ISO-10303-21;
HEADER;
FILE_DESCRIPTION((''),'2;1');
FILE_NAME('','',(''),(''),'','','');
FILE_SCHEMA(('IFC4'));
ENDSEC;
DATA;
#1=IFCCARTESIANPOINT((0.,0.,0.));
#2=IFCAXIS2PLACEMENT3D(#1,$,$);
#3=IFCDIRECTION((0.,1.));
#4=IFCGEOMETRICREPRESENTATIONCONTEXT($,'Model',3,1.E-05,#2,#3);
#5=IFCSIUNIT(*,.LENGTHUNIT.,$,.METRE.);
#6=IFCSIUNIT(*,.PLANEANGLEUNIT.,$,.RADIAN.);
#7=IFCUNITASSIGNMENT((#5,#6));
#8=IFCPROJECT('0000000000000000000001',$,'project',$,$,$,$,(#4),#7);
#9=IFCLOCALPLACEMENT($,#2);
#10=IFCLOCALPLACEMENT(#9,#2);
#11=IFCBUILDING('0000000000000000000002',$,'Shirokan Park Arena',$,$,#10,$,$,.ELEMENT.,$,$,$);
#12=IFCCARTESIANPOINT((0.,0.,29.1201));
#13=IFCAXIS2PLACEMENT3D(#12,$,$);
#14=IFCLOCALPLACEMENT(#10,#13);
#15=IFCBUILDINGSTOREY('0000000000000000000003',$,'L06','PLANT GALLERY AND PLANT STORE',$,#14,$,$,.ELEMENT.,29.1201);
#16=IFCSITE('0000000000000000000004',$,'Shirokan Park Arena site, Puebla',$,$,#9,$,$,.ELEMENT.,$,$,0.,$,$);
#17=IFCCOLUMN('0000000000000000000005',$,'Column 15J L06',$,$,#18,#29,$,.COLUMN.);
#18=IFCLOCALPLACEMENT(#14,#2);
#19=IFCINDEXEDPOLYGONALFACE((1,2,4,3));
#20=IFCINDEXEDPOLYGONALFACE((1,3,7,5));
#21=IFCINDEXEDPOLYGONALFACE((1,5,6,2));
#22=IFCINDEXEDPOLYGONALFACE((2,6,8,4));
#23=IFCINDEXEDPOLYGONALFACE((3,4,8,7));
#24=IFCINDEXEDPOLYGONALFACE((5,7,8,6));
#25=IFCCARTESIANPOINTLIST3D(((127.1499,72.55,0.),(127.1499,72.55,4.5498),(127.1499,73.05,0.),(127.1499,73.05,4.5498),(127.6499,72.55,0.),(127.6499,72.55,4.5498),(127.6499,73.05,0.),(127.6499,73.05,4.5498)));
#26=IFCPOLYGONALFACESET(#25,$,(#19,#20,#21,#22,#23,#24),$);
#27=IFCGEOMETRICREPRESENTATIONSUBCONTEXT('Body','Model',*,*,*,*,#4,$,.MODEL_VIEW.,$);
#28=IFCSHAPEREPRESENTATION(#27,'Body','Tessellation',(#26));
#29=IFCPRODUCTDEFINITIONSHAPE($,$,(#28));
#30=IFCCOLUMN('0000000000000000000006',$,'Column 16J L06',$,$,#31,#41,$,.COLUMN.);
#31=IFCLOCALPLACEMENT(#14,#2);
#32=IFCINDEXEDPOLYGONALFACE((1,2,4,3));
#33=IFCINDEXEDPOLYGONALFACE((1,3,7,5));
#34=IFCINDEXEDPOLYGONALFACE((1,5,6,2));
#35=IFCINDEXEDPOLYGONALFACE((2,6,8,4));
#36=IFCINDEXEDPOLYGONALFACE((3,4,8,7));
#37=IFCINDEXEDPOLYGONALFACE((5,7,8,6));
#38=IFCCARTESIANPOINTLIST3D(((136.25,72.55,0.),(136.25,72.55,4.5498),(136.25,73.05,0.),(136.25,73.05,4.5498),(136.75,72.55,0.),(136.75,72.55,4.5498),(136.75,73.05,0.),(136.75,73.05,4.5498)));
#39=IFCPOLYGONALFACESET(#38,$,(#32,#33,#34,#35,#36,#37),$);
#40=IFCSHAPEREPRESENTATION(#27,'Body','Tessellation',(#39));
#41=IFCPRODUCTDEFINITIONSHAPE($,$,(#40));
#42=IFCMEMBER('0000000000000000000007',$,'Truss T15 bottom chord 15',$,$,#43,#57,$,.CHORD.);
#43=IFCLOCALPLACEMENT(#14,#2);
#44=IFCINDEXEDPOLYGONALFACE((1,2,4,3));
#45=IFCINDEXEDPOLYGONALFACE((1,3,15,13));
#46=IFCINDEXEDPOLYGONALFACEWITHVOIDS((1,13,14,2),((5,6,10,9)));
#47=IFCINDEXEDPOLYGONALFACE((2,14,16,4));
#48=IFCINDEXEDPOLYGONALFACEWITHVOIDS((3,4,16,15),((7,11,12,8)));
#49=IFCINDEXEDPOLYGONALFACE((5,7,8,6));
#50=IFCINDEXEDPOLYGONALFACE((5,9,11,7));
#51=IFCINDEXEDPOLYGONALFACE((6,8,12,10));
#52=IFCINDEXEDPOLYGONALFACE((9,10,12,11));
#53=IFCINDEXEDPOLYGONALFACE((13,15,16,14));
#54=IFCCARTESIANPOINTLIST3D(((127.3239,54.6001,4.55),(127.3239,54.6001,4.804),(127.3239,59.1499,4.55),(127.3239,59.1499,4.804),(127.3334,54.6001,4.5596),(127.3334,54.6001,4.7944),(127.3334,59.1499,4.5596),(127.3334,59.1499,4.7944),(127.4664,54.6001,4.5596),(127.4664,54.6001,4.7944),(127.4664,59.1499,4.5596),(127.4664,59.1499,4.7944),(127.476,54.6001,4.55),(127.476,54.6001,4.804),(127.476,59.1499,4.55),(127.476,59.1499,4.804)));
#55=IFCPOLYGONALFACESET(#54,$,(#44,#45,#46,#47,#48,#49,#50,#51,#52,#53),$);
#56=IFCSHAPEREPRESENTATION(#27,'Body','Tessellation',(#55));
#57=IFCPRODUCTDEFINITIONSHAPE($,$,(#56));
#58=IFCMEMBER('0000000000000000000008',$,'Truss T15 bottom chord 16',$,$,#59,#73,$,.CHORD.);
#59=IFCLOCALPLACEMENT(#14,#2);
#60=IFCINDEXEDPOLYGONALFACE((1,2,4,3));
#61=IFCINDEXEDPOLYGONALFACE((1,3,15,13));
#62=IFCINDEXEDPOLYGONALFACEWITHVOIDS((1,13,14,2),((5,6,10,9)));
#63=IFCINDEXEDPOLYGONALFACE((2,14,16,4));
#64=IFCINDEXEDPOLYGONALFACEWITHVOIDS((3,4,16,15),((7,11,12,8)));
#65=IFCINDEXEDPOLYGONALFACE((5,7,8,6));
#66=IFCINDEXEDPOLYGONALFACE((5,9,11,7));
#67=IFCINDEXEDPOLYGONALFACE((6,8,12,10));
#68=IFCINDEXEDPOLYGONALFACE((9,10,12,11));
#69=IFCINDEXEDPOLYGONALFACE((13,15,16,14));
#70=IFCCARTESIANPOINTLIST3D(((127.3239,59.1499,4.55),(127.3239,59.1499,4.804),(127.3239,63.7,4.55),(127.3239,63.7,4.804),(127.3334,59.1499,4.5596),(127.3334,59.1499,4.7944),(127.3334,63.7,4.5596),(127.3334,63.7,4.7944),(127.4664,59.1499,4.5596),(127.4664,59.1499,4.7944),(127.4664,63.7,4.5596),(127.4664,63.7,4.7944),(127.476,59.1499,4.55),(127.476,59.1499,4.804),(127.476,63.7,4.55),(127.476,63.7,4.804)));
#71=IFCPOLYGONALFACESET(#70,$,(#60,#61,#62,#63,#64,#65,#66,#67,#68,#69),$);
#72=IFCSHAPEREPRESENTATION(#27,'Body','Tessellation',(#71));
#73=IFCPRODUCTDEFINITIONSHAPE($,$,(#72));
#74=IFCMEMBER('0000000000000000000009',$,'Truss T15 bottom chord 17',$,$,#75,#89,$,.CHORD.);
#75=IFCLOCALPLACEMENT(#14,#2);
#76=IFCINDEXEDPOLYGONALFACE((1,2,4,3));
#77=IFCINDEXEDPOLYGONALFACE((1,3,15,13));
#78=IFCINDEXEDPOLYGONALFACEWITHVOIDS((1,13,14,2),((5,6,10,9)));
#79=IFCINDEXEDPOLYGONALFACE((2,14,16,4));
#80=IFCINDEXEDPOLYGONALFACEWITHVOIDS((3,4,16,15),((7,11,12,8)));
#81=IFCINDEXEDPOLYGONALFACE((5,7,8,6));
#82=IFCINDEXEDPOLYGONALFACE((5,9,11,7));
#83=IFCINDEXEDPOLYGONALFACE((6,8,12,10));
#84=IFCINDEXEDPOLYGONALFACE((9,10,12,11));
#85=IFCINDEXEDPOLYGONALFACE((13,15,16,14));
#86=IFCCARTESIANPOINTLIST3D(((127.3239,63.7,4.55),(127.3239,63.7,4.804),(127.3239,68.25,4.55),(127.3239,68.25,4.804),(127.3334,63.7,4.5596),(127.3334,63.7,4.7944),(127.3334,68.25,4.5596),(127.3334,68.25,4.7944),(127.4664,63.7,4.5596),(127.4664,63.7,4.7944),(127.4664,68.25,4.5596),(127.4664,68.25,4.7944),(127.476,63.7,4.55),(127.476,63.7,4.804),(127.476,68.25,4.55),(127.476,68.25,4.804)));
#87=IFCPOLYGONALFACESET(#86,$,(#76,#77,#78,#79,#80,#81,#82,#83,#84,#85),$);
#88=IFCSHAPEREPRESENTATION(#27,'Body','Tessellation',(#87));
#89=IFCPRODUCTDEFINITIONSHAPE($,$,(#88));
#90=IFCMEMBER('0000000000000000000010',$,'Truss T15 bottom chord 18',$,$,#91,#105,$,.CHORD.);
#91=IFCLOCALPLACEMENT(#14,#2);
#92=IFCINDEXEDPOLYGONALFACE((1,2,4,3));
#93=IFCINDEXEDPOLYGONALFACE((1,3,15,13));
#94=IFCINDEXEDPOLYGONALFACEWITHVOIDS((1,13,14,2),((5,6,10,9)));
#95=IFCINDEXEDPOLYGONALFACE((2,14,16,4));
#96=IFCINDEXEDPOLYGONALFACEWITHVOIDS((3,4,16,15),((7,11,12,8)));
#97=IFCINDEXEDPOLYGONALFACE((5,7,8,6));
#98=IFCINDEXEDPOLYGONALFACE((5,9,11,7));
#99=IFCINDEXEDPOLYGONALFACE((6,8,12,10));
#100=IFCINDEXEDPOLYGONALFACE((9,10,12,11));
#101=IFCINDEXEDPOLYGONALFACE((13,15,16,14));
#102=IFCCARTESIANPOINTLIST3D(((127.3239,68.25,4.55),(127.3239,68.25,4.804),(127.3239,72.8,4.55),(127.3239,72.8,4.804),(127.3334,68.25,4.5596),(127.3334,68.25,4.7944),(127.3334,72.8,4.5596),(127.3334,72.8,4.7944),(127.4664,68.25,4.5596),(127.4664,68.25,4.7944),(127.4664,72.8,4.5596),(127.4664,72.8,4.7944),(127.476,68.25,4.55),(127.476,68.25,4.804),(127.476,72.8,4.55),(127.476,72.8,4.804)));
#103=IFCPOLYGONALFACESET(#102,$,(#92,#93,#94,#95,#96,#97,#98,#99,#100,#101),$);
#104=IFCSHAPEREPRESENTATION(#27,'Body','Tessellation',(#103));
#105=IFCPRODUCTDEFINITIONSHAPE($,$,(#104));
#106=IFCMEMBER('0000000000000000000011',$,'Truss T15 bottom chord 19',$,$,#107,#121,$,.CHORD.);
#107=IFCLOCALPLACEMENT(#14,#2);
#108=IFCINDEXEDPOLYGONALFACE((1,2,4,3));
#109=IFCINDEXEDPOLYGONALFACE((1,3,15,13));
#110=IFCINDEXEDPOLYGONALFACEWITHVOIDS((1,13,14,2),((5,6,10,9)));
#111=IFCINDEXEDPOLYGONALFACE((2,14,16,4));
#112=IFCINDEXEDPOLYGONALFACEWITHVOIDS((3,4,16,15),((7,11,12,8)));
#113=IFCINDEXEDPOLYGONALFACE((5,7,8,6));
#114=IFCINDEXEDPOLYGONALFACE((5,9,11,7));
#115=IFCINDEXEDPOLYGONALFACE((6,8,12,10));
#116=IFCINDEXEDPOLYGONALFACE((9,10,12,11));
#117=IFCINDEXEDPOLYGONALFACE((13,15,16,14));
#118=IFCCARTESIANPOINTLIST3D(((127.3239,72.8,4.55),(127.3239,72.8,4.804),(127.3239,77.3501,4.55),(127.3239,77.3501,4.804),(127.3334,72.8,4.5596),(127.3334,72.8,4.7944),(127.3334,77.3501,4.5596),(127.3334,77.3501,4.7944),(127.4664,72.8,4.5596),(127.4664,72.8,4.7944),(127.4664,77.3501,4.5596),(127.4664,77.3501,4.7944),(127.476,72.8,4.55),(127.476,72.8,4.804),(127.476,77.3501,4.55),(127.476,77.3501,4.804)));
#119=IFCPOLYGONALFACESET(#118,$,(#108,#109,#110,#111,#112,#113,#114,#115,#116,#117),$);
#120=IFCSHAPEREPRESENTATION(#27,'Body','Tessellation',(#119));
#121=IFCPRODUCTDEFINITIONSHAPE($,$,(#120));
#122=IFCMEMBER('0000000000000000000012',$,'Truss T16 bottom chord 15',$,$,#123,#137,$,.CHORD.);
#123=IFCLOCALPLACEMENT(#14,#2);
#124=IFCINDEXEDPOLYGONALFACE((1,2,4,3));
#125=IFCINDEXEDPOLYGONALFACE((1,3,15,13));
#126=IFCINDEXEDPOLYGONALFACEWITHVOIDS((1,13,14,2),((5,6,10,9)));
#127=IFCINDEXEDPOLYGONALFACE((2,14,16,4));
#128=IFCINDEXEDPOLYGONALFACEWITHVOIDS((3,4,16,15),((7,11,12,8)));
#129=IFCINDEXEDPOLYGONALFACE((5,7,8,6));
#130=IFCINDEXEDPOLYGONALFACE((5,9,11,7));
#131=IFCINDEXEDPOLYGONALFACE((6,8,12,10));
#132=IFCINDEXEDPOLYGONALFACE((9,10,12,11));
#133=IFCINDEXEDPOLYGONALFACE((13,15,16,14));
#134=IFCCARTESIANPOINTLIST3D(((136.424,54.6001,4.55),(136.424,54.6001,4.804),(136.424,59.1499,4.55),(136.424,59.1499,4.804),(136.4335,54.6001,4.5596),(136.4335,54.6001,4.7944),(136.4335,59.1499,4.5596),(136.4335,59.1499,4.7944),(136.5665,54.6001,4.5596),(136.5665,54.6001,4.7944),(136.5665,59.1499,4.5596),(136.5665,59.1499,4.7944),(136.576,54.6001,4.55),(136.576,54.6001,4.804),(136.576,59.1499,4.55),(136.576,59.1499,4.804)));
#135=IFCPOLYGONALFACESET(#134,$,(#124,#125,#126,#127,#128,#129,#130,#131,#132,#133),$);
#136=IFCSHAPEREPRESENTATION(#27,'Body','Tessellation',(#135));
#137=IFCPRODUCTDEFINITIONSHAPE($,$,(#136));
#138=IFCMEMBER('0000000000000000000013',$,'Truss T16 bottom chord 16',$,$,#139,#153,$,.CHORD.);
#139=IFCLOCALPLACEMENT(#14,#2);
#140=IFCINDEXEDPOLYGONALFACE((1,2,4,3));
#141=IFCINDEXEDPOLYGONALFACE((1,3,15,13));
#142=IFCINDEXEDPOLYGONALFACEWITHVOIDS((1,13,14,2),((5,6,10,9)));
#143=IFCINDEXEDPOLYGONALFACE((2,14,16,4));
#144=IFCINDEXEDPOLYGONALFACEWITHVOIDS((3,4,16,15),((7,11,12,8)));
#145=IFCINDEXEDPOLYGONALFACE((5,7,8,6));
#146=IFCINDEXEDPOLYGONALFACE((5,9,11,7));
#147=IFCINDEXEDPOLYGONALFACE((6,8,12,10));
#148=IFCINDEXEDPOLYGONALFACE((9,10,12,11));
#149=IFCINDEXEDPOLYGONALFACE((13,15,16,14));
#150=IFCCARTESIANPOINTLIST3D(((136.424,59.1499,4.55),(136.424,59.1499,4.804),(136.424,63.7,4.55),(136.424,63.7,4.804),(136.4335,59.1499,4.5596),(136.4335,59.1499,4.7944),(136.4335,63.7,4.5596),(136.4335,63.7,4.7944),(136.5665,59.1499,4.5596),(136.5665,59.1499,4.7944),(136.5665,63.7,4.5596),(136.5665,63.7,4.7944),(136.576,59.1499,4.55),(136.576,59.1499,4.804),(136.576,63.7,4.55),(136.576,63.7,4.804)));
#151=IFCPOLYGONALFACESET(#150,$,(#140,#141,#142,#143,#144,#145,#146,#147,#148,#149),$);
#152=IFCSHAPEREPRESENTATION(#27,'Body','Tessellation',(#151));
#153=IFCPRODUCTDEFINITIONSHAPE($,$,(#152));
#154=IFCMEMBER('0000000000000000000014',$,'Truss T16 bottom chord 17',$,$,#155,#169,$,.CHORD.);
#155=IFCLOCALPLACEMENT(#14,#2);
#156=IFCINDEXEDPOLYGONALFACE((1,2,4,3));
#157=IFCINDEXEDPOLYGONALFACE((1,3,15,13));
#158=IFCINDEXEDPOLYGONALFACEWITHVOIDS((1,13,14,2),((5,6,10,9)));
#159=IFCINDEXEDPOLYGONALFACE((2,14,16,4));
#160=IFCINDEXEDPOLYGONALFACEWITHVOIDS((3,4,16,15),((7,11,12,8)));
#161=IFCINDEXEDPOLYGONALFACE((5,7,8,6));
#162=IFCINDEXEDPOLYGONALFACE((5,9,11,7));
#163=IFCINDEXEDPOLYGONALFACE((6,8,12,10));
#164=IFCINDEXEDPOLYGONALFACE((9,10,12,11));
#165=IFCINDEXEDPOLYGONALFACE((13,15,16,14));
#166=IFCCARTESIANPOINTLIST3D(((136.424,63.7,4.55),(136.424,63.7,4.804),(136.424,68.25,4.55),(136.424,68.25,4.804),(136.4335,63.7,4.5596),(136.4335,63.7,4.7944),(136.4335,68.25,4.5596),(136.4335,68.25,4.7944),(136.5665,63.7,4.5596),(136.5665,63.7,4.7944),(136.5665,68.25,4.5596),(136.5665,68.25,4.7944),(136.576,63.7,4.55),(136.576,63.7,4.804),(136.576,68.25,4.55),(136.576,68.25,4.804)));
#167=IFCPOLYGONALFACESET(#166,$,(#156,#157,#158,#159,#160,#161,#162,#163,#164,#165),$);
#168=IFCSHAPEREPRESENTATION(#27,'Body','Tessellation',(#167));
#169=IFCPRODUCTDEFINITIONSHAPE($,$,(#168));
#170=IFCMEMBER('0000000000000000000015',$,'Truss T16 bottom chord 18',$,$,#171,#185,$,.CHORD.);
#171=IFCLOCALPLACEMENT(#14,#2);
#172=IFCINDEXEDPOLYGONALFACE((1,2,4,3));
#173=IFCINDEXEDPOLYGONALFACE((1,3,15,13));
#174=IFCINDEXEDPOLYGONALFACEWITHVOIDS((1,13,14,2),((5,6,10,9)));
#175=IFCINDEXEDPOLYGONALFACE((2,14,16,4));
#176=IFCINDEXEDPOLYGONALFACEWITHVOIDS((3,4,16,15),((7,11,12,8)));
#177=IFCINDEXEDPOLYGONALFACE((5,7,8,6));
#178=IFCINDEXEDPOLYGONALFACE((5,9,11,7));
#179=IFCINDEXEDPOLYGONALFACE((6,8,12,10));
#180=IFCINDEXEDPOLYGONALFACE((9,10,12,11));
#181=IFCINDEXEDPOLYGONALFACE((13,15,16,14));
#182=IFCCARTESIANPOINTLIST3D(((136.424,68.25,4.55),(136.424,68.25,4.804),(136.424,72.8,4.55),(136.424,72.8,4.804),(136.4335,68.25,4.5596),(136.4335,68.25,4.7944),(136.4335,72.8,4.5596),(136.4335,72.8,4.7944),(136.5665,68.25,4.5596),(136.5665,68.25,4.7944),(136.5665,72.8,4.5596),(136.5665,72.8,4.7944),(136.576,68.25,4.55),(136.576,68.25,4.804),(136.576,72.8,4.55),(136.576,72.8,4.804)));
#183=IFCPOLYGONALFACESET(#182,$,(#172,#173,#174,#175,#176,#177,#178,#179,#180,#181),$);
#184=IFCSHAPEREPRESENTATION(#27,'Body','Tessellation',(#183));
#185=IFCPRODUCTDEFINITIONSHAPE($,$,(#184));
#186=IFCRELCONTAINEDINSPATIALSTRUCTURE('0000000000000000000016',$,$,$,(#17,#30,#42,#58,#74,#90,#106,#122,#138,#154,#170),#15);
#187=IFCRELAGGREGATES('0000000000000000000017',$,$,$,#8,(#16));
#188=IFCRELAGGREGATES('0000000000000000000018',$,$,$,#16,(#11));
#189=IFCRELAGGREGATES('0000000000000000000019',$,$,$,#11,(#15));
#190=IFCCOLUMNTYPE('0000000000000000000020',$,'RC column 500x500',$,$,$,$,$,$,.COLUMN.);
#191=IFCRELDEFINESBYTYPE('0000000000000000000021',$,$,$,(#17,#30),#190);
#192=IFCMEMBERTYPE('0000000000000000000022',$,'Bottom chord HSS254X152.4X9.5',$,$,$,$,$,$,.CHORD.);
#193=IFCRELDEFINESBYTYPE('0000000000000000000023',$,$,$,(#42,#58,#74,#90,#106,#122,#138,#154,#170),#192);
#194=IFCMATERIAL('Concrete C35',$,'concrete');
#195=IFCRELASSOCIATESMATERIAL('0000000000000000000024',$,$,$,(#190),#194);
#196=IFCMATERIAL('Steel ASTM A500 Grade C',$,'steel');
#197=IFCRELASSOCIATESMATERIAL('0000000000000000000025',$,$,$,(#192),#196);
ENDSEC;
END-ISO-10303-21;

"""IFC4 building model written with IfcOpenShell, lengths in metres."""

from ifc_helpers import new_model, si_unit, direction, frame, origin, origin_2d, place, context, subcontext, project, spatial, rectangle, hollow_rectangle, extrude, material, material_profile, profile_set, type_object, element, save


model = new_model("IFC4")

# Units and contexts
model_context = context("Model", 3, precision=1e-05, world=origin(), true_north=direction((0.0, 1.0)))
body_context = subcontext(model_context, "Body", "Model", "MODEL_VIEW")
ifc_project = project(units=[si_unit("LENGTHUNIT", "METRE"), si_unit("PLANEANGLEUNIT", "RADIAN")], contexts=[model_context])

# Site, building, storey
site_placement = place(None, origin())
site = spatial("IfcSite", under=ifc_project, at=site_placement, Name="Shirokan Park Arena site, Puebla", CompositionType="ELEMENT", RefElevation=0.0)
building_placement = place(site_placement, origin())
building = spatial("IfcBuilding", under=site, at=building_placement, Name="Shirokan Park Arena", CompositionType="ELEMENT")
storey_placement = place(building_placement, frame((0.0, 0.0, 29.1201)))
storey = spatial("IfcBuildingStorey", under=building, at=storey_placement, Name="L06", Description="PLANT GALLERY AND PLANT STORE", CompositionType="ELEMENT", Elevation=29.1201)

# Columns
ifc_material_1 = material(Name="Concrete C35", Category="concrete")
ifc_material_profile_1 = material_profile(ifc_material_1, rectangle(XDim=0.5, YDim=0.5, at=origin_2d()), Name="500x500")
ifc_profile_set_1 = profile_set([ifc_material_profile_1], Name="Concrete C35")
column_type = type_object("IfcColumnType", Name="RC column 500x500", PredefinedType="COLUMN", material=ifc_profile_set_1)
for number, where, z_axis, x_axis, name in (
    (1, (127.3999, 72.8, 0.0), (0.0, 0.0, 1.0), (1.0, 0.0, 0.0), "Column 15J L06"),
    (2, (136.5, 72.8, 0.0), (0.0, 0.0, 1.0), (1.0, 0.0, 0.0), "Column 16J L06"),
):
    element("IfcColumn", number, at=place(storey_placement, frame(where, z_axis=z_axis, x_axis=x_axis)), inside=storey, type_object=column_type, Name=name, PredefinedType="COLUMN", context=body_context, shape_type="SweptSolid", body=[
        extrude(rectangle(XDim=0.5, YDim=0.5, at=origin_2d()), origin(), (0.0, 0.0, 1.0), 4.5498),
    ])

# Members
ifc_material_2 = material(Name="Steel ASTM A500 Grade C", Category="steel")
ifc_material_profile_2 = material_profile(ifc_material_2, hollow_rectangle(XDim=0.1521, YDim=0.2539, WallThickness=0.0095, at=origin_2d()), Name="HSS254X152.4X9.5")
ifc_profile_set_2 = profile_set([ifc_material_profile_2], Name="Steel ASTM A500 Grade C")
member_type_1 = type_object("IfcMemberType", Name="Bottom chord HSS254X152.4X9.5", PredefinedType="CHORD", material=ifc_profile_set_2)
member_1_placement = place(storey_placement, frame((127.3999, 54.6001, 4.677), z_axis=(0.0, 1.0, 0.0), x_axis=(-1.0, 0.0, 0.0)))
element("IfcMember", 3, at=member_1_placement, inside=storey, type_object=member_type_1, Name="Truss T15 bottom chord 15", PredefinedType="CHORD", context=body_context, shape_type="SweptSolid", body=[
    extrude(hollow_rectangle(XDim=0.1521, YDim=0.2539, WallThickness=0.0095, at=origin_2d()), origin(), (0.0, 0.0, 1.0), 4.5498),
])
for number, where, z_axis, x_axis, name in (
    (4, (127.3999, 59.1499, 4.677), (0.0, 1.0, 0.0), (-1.0, 0.0, 0.0), "Truss T15 bottom chord 16"),
    (5, (127.3999, 63.7, 4.677), (0.0, 1.0, 0.0), (-1.0, 0.0, 0.0), "Truss T15 bottom chord 17"),
    (6, (127.3999, 68.25, 4.677), (0.0, 1.0, 0.0), (-1.0, 0.0, 0.0), "Truss T15 bottom chord 18"),
    (7, (127.3999, 72.8, 4.677), (0.0, 1.0, 0.0), (-1.0, 0.0, 0.0), "Truss T15 bottom chord 19"),
):
    element("IfcMember", number, at=place(storey_placement, frame(where, z_axis=z_axis, x_axis=x_axis)), inside=storey, type_object=member_type_1, Name=name, PredefinedType="CHORD", context=body_context, shape_type="SweptSolid", body=[
        extrude(hollow_rectangle(XDim=0.1521, YDim=0.2539, WallThickness=0.0095, at=origin_2d()), origin(), (0.0, 0.0, 1.0), 4.55),
    ])
member_2_placement = place(storey_placement, frame((136.5, 54.6001, 4.677), z_axis=(0.0, 1.0, 0.0), x_axis=(-1.0, 0.0, 0.0)))
element("IfcMember", 8, at=member_2_placement, inside=storey, type_object=member_type_1, Name="Truss T16 bottom chord 15", PredefinedType="CHORD", context=body_context, shape_type="SweptSolid", body=[
    extrude(hollow_rectangle(XDim=0.1521, YDim=0.2539, WallThickness=0.0095, at=origin_2d()), origin(), (0.0, 0.0, 1.0), 4.5498),
])
for number, where, z_axis, x_axis, name in (
    (9, (136.5, 59.1499, 4.677), (0.0, 1.0, 0.0), (-1.0, 0.0, 0.0), "Truss T16 bottom chord 16"),
    (10, (136.5, 63.7, 4.677), (0.0, 1.0, 0.0), (-1.0, 0.0, 0.0), "Truss T16 bottom chord 17"),
    (11, (136.5, 68.25, 4.677), (0.0, 1.0, 0.0), (-1.0, 0.0, 0.0), "Truss T16 bottom chord 18"),
):
    element("IfcMember", number, at=place(storey_placement, frame(where, z_axis=z_axis, x_axis=x_axis)), inside=storey, type_object=member_type_1, Name=name, PredefinedType="CHORD", context=body_context, shape_type="SweptSolid", body=[
        extrude(hollow_rectangle(XDim=0.1521, YDim=0.2539, WallThickness=0.0095, at=origin_2d()), origin(), (0.0, 0.0, 1.0), 4.55),
    ])

save(model, "model.ifc")
